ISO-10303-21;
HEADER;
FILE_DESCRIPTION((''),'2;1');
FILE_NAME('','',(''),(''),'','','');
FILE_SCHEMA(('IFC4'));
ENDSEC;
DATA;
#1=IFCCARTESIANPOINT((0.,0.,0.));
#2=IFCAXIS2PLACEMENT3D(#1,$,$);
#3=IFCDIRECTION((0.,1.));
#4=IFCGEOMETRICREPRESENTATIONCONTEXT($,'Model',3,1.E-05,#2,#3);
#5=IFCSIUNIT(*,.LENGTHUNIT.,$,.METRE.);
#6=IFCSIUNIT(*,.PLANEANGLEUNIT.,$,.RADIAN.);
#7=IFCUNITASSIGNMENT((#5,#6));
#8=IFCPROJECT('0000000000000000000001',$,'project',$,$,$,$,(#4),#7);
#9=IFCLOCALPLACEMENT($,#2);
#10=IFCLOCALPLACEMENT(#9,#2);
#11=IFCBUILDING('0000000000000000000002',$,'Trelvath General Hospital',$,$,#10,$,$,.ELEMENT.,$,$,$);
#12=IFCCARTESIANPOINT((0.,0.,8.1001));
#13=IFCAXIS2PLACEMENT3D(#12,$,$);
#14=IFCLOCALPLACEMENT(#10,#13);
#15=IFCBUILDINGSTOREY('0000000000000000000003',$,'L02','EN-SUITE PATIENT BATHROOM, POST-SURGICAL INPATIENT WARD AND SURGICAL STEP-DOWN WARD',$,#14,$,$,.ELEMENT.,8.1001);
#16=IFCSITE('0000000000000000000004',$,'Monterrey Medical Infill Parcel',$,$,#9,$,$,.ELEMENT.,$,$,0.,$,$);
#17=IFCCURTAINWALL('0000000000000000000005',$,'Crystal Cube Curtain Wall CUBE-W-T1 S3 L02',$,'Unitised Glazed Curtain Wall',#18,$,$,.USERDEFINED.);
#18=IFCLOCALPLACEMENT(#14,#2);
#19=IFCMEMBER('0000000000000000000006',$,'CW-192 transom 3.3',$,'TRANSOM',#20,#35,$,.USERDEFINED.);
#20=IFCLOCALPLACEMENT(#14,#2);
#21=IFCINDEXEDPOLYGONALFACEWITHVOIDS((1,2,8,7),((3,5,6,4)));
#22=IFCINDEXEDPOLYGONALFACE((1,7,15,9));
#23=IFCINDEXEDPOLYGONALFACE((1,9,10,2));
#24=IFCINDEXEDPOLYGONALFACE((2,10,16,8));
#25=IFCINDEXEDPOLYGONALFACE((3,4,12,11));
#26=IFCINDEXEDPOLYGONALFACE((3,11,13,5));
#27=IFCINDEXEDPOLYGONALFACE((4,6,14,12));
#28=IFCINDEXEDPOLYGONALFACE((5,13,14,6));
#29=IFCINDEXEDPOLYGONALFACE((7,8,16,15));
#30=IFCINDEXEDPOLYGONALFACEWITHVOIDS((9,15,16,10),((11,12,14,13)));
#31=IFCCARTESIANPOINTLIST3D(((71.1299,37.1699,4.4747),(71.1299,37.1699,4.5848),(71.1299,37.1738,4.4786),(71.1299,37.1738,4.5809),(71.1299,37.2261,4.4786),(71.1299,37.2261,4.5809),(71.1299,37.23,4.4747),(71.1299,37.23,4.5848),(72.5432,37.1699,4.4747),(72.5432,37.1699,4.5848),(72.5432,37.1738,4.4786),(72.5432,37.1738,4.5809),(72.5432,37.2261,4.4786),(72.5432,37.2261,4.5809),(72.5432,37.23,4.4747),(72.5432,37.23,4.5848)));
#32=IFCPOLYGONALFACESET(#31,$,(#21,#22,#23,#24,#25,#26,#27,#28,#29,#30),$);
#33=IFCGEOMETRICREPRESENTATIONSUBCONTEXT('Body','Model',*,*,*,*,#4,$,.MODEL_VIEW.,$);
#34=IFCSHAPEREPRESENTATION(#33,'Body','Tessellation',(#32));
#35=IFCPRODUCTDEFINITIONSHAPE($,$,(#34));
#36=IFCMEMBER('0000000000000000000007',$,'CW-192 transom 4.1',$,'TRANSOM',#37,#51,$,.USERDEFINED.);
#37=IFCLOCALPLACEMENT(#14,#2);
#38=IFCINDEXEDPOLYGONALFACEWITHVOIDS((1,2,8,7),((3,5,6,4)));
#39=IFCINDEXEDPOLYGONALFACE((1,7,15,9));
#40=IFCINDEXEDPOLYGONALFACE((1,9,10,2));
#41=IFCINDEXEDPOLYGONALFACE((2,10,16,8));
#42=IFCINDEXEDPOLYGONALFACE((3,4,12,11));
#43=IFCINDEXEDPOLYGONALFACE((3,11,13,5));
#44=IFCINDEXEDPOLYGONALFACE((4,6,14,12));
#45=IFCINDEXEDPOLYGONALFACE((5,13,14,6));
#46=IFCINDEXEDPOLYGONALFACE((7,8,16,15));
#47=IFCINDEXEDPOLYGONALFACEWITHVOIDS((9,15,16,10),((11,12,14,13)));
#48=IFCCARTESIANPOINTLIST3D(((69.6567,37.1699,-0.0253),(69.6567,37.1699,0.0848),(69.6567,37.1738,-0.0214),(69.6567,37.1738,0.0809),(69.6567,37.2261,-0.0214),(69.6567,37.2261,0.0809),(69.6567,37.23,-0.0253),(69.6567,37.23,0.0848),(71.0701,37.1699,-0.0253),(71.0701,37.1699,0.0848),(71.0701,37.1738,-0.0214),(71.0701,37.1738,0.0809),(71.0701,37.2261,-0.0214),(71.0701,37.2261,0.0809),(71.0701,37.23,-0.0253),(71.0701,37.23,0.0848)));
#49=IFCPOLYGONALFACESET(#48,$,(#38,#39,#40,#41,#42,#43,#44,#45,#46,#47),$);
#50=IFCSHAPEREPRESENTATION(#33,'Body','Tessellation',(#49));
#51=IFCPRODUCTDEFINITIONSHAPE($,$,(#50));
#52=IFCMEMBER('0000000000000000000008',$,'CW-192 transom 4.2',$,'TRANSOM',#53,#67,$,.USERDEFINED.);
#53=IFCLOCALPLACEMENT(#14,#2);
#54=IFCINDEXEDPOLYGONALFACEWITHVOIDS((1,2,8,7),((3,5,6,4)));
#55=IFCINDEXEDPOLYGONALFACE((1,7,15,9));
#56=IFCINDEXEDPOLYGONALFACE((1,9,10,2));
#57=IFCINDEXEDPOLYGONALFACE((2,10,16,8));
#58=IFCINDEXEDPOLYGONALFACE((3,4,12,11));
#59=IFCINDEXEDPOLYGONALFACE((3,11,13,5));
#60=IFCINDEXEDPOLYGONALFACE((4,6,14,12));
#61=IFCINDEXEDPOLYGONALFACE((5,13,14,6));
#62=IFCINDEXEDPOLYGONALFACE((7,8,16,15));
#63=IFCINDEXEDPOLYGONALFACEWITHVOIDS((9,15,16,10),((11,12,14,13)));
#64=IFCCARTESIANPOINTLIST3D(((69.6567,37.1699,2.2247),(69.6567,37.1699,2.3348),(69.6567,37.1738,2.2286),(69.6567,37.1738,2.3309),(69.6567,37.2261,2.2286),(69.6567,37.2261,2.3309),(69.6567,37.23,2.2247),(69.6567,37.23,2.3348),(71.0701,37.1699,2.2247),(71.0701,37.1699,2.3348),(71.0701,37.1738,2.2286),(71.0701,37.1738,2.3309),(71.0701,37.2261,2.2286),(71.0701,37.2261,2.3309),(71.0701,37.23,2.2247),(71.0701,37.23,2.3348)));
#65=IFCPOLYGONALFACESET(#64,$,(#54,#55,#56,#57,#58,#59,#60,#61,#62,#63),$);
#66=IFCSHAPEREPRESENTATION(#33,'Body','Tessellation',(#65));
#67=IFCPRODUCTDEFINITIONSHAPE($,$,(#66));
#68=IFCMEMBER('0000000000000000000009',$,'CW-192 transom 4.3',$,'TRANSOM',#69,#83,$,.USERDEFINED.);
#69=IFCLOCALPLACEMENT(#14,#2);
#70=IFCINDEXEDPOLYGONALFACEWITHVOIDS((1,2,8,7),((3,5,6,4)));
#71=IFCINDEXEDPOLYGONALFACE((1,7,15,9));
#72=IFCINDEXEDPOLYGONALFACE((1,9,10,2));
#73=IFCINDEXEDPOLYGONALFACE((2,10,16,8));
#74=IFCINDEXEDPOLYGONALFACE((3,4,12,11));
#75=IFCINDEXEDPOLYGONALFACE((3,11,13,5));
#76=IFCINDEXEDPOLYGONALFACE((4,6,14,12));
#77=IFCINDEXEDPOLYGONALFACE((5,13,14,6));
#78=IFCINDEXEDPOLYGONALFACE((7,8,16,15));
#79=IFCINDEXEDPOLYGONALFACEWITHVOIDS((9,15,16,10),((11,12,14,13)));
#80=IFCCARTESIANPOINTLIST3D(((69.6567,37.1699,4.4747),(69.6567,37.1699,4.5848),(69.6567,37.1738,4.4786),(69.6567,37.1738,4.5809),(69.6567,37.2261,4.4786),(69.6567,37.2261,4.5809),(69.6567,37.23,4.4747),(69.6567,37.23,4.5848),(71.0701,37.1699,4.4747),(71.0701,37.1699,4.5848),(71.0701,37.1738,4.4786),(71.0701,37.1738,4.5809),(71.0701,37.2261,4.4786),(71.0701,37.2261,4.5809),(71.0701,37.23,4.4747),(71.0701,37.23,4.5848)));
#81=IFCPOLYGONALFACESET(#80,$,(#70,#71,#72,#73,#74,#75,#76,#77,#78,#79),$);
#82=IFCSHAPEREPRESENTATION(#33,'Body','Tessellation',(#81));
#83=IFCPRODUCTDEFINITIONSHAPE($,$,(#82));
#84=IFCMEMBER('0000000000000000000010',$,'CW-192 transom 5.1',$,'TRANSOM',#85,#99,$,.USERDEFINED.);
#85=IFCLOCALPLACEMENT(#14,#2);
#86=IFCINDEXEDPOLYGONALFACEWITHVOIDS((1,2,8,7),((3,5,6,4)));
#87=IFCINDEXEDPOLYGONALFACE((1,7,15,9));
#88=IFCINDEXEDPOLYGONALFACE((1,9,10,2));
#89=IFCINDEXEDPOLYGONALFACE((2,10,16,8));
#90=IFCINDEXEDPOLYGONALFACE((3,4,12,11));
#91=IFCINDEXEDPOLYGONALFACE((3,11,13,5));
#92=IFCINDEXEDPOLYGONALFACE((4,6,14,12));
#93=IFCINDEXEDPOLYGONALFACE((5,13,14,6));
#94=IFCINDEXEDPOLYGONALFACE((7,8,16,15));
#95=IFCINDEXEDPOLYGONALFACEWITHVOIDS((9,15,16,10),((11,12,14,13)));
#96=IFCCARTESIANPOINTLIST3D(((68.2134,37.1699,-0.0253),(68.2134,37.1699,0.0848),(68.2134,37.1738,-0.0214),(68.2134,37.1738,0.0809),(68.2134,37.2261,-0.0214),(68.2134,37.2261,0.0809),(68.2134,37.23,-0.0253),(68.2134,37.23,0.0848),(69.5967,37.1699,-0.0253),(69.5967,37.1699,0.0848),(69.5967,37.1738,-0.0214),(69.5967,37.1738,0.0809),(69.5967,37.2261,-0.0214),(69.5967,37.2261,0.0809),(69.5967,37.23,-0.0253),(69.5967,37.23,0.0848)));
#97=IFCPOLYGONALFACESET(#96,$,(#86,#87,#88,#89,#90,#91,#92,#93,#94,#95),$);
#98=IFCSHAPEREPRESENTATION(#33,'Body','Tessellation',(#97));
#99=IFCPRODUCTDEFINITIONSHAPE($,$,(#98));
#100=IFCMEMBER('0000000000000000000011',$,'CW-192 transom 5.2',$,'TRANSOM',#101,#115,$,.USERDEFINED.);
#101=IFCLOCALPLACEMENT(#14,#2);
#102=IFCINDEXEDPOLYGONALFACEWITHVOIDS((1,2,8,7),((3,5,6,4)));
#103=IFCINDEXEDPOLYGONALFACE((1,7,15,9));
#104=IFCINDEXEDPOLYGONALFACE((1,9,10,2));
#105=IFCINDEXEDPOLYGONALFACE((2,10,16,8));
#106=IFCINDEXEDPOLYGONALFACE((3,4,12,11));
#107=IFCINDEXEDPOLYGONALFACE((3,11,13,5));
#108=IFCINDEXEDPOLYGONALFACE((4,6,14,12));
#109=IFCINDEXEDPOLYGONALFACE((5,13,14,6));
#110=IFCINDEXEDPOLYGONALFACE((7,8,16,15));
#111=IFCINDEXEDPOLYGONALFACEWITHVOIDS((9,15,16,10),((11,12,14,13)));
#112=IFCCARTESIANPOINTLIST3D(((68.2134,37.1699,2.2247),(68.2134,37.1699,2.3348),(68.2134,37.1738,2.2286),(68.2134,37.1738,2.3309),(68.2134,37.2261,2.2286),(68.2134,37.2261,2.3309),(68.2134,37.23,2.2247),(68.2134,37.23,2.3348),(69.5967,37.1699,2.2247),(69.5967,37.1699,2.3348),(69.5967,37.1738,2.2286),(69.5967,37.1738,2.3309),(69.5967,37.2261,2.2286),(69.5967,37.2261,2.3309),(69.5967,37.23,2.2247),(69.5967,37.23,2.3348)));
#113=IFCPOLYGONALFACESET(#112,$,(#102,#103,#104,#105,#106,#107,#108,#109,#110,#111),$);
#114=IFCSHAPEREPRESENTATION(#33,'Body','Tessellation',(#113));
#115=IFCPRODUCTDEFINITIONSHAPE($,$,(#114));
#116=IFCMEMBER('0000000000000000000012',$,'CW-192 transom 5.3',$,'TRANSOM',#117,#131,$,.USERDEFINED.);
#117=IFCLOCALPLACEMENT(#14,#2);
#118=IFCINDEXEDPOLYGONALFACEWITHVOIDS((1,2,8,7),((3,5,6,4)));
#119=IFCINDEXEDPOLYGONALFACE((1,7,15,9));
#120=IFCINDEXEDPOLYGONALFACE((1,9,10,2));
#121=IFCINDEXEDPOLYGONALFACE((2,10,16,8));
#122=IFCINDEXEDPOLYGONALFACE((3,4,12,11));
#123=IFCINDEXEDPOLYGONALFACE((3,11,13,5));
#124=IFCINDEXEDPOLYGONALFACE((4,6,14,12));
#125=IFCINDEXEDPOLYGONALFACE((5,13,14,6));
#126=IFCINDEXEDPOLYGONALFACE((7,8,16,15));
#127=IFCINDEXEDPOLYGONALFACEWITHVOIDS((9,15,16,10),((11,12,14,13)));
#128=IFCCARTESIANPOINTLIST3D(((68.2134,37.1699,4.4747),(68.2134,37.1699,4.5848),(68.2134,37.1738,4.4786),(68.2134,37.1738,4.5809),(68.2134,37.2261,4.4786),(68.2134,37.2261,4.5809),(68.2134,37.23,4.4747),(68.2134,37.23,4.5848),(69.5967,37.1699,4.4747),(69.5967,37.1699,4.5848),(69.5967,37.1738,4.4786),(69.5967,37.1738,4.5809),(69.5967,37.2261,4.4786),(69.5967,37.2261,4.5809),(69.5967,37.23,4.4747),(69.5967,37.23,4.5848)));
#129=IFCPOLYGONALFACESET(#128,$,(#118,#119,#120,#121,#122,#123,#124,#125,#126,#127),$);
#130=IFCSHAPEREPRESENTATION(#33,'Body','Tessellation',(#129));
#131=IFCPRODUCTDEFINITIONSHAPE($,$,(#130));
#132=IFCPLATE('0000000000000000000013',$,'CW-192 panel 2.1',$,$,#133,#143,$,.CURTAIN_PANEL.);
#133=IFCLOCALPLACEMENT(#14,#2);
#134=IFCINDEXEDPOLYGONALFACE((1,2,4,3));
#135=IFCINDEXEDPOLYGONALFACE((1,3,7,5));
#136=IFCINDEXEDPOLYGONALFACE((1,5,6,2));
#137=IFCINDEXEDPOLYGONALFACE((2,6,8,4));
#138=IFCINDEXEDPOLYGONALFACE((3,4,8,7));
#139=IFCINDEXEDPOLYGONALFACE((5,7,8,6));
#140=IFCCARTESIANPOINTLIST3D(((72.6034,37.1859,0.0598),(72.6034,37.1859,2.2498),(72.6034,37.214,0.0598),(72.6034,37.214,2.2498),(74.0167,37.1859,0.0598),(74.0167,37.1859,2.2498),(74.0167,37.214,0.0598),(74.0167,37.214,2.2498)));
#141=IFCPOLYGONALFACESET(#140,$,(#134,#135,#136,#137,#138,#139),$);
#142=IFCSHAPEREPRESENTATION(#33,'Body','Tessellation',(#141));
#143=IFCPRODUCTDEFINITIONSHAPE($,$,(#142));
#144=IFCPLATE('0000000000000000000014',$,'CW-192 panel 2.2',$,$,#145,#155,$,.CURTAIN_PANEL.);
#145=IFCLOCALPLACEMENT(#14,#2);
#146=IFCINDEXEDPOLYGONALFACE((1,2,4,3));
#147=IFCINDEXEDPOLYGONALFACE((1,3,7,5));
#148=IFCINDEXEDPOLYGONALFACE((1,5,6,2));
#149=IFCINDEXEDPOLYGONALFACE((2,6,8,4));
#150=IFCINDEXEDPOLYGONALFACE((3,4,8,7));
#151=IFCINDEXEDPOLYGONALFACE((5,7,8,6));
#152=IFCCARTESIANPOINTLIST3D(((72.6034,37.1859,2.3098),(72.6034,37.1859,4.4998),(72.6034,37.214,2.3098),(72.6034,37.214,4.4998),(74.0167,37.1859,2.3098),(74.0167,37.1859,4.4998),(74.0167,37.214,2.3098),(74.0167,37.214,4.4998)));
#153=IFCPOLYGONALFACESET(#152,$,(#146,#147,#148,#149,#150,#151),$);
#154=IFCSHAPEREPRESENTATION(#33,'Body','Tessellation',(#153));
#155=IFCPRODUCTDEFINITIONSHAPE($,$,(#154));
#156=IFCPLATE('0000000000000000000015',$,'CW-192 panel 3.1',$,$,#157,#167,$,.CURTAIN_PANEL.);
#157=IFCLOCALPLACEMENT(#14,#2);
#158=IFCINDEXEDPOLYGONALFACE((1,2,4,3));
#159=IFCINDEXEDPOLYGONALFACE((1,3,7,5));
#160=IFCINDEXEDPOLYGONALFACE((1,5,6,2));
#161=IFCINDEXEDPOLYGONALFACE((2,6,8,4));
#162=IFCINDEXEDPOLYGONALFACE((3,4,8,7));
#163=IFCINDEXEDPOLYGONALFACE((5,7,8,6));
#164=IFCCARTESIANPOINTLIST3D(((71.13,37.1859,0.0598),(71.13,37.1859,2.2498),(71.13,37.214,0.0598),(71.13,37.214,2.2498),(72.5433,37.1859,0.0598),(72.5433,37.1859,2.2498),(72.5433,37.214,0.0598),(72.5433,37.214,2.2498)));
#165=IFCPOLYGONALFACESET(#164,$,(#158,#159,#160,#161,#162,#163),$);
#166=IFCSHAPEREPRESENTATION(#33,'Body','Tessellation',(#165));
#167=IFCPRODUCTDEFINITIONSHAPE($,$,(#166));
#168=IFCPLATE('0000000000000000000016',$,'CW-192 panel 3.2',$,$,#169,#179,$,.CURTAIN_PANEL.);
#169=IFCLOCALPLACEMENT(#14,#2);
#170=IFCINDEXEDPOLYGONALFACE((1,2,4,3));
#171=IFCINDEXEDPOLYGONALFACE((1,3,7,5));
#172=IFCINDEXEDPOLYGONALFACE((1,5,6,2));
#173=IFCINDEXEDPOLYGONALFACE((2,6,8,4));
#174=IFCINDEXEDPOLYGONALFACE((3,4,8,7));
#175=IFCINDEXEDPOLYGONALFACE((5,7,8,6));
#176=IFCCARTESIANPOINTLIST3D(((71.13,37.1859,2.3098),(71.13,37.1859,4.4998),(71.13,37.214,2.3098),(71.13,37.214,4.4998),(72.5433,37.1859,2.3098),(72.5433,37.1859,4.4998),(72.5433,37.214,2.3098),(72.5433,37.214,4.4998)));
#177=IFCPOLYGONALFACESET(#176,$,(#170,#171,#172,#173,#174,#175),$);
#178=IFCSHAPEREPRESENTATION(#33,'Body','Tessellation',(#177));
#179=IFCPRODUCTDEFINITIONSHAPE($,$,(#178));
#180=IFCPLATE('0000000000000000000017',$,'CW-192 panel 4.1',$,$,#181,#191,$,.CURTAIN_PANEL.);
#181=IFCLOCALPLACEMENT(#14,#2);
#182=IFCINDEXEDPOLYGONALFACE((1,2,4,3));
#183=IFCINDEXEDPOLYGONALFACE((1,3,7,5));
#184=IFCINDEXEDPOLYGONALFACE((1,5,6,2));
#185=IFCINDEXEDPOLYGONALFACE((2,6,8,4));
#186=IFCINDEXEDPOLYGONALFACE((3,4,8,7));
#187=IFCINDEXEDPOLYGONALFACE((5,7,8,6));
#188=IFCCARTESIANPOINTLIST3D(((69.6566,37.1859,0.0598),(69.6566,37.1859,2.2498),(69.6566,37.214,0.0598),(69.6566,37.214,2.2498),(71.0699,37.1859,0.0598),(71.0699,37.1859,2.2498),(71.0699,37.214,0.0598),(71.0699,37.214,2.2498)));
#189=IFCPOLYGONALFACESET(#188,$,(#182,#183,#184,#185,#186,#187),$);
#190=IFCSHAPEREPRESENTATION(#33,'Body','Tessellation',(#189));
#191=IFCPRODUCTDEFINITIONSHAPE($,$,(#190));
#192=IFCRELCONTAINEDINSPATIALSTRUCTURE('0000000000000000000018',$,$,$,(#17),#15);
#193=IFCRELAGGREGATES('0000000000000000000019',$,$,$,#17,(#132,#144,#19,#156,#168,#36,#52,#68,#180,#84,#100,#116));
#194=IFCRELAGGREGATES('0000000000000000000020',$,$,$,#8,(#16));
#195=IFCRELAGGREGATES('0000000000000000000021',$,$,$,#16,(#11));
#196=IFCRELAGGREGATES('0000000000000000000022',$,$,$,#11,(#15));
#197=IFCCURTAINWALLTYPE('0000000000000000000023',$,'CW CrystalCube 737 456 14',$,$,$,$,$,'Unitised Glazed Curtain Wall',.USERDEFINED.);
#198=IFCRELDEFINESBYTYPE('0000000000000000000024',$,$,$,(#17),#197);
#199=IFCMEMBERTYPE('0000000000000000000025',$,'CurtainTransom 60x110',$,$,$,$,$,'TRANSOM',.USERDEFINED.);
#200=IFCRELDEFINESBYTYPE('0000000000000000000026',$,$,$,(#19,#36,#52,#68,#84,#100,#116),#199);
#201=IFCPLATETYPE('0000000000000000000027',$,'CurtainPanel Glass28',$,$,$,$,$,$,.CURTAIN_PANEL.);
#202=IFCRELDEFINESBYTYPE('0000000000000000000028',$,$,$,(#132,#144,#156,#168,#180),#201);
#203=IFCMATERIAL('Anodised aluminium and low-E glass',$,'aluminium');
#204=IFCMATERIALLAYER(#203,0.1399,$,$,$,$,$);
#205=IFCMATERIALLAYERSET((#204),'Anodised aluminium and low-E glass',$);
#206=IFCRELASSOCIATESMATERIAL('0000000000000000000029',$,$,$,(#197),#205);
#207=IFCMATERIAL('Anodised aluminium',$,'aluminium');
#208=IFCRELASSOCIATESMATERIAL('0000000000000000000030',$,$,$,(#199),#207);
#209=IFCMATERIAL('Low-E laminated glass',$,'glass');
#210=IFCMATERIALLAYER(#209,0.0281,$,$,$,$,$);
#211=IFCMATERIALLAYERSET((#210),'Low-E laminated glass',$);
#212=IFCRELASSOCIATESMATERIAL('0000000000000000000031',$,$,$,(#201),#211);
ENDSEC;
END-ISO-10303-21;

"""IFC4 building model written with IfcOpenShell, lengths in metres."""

from ifc_helpers import new_model, si_unit, direction, frame, origin, origin_2d, place, context, subcontext, project, spatial, rectangle, hollow_rectangle, extrude, material, layer, layer_set, material_profile, profile_set, type_object, element, aggregate, save


model = new_model("IFC4")

# Units and contexts
model_context = context("Model", 3, precision=1e-05, world=origin(), true_north=direction((0.0, 1.0)))
body_context = subcontext(model_context, "Body", "Model", "MODEL_VIEW")
ifc_project = project(units=[si_unit("LENGTHUNIT", "METRE"), si_unit("PLANEANGLEUNIT", "RADIAN")], contexts=[model_context])

# Site, building, storey
site_placement = place(None, origin())
site = spatial("IfcSite", under=ifc_project, at=site_placement, Name="Monterrey Medical Infill Parcel", CompositionType="ELEMENT", RefElevation=0.0)
building_placement = place(site_placement, origin())
building = spatial("IfcBuilding", under=site, at=building_placement, Name="Trelvath General Hospital", CompositionType="ELEMENT")
storey_placement = place(building_placement, frame((0.0, 0.0, 8.1001)))
storey = spatial("IfcBuildingStorey", under=building, at=storey_placement, Name="L02", Description="EN-SUITE PATIENT BATHROOM, POST-SURGICAL INPATIENT WARD AND SURGICAL STEP-DOWN WARD", CompositionType="ELEMENT", Elevation=8.1001)

# Curtain wall
ifc_material_1 = material(Name="Anodised aluminium and low-E glass", Category="aluminium")
ifc_layer_1 = layer(ifc_material_1, 0.1399)
ifc_layer_set_1 = layer_set([ifc_layer_1], Name="Anodised aluminium and low-E glass")
curtain_wall_type_1 = type_object("IfcCurtainWallType", Name="CW CrystalCube 737 456 14", ElementType="Unitised Glazed Curtain Wall", PredefinedType="USERDEFINED", material=ifc_layer_set_1)
curtain_wall_1_placement = place(storey_placement, origin())
curtain_wall_1 = element("IfcCurtainWall", 1, at=curtain_wall_1_placement, inside=storey, type_object=curtain_wall_type_1, Name="Crystal Cube Curtain Wall CUBE-W-T1 S3 L02", ObjectType="Unitised Glazed Curtain Wall", PredefinedType="USERDEFINED")

# Members
ifc_material_2 = material(Name="Anodised aluminium", Category="aluminium")
ifc_material_profile_1 = material_profile(ifc_material_2, hollow_rectangle(XDim=0.0601, YDim=0.1101, WallThickness=0.0039, at=origin_2d()), Name="RHS60x110x4")
ifc_profile_set_1 = profile_set([ifc_material_profile_1], Name="Anodised aluminium")
member_type_1 = type_object("IfcMemberType", Name="CurtainTransom 60x110", ElementType="TRANSOM", PredefinedType="USERDEFINED", material=ifc_profile_set_1)
member_1_placement = place(storey_placement, frame((72.5432, 37.2, 4.5298), z_axis=(-1.0, 0.0, 0.0), x_axis=(0.0, -1.0, 0.0)))
member_1 = element("IfcMember", 2, at=member_1_placement, type_object=member_type_1, Name="CW-192 transom 3.3", ObjectType="TRANSOM", PredefinedType="USERDEFINED", context=body_context, shape_type="SweptSolid", body=[
    extrude(hollow_rectangle(XDim=0.0601, YDim=0.1101, WallThickness=0.0039, at=origin_2d()), origin(), (0.0, 0.0, 1.0), 1.4133),
])
member_2_placement = place(storey_placement, frame((71.0701, 37.2, 0.0298), z_axis=(-1.0, 0.0, 0.0), x_axis=(0.0, -1.0, 0.0)))
member_2 = element("IfcMember", 3, at=member_2_placement, type_object=member_type_1, Name="CW-192 transom 4.1", ObjectType="TRANSOM", PredefinedType="USERDEFINED", context=body_context, shape_type="SweptSolid", body=[
    extrude(hollow_rectangle(XDim=0.0601, YDim=0.1101, WallThickness=0.0039, at=origin_2d()), origin(), (0.0, 0.0, 1.0), 1.4133),
])
member_3_placement = place(storey_placement, frame((71.0701, 37.2, 2.2798), z_axis=(-1.0, 0.0, 0.0), x_axis=(0.0, -1.0, 0.0)))
member_3 = element("IfcMember", 4, at=member_3_placement, type_object=member_type_1, Name="CW-192 transom 4.2", ObjectType="TRANSOM", PredefinedType="USERDEFINED", context=body_context, shape_type="SweptSolid", body=[
    extrude(hollow_rectangle(XDim=0.0601, YDim=0.1101, WallThickness=0.0039, at=origin_2d()), origin(), (0.0, 0.0, 1.0), 1.4133),
])
member_4_placement = place(storey_placement, frame((71.0701, 37.2, 4.5298), z_axis=(-1.0, 0.0, 0.0), x_axis=(0.0, -1.0, 0.0)))
member_4 = element("IfcMember", 5, at=member_4_placement, type_object=member_type_1, Name="CW-192 transom 4.3", ObjectType="TRANSOM", PredefinedType="USERDEFINED", context=body_context, shape_type="SweptSolid", body=[
    extrude(hollow_rectangle(XDim=0.0601, YDim=0.1101, WallThickness=0.0039, at=origin_2d()), origin(), (0.0, 0.0, 1.0), 1.4133),
])
member_5_placement = place(storey_placement, frame((69.5967, 37.2, 0.0298), z_axis=(-1.0, 0.0, 0.0), x_axis=(0.0, -1.0, 0.0)))
member_5 = element("IfcMember", 6, at=member_5_placement, type_object=member_type_1, Name="CW-192 transom 5.1", ObjectType="TRANSOM", PredefinedType="USERDEFINED", context=body_context, shape_type="SweptSolid", body=[
    extrude(hollow_rectangle(XDim=0.0601, YDim=0.1101, WallThickness=0.0039, at=origin_2d()), origin(), (0.0, 0.0, 1.0), 1.3833),
])
member_6_placement = place(storey_placement, frame((69.5967, 37.2, 2.2798), z_axis=(-1.0, 0.0, 0.0), x_axis=(0.0, -1.0, 0.0)))
member_6 = element("IfcMember", 7, at=member_6_placement, type_object=member_type_1, Name="CW-192 transom 5.2", ObjectType="TRANSOM", PredefinedType="USERDEFINED", context=body_context, shape_type="SweptSolid", body=[
    extrude(hollow_rectangle(XDim=0.0601, YDim=0.1101, WallThickness=0.0039, at=origin_2d()), origin(), (0.0, 0.0, 1.0), 1.3833),
])
member_7_placement = place(storey_placement, frame((69.5967, 37.2, 4.5298), z_axis=(-1.0, 0.0, 0.0), x_axis=(0.0, -1.0, 0.0)))
member_7 = element("IfcMember", 8, at=member_7_placement, type_object=member_type_1, Name="CW-192 transom 5.3", ObjectType="TRANSOM", PredefinedType="USERDEFINED", context=body_context, shape_type="SweptSolid", body=[
    extrude(hollow_rectangle(XDim=0.0601, YDim=0.1101, WallThickness=0.0039, at=origin_2d()), origin(), (0.0, 0.0, 1.0), 1.3833),
])

# Plates
ifc_material_3 = material(Name="Low-E laminated glass", Category="glass")
ifc_layer_2 = layer(ifc_material_3, 0.0281)
ifc_layer_set_2 = layer_set([ifc_layer_2], Name="Low-E laminated glass")
plate_type = type_object("IfcPlateType", Name="CurtainPanel Glass28", PredefinedType="CURTAIN_PANEL", material=ifc_layer_set_2)
plate_1_placement = place(storey_placement, frame((73.3101, 37.2, 0.0598), z_axis=(0.0, 0.0, 1.0), x_axis=(-1.0, 0.0, 0.0)))
plate_1 = element("IfcPlate", 9, at=plate_1_placement, type_object=plate_type, Name="CW-192 panel 2.1", PredefinedType="CURTAIN_PANEL", context=body_context, shape_type="SweptSolid", body=[
    extrude(rectangle(XDim=1.4133, YDim=0.0281, at=origin_2d()), origin(), (0.0, 0.0, 1.0), 2.1899),
])
plate_2_placement = place(storey_placement, frame((73.3101, 37.2, 2.3098), z_axis=(0.0, 0.0, 1.0), x_axis=(-1.0, 0.0, 0.0)))
plate_2 = element("IfcPlate", 10, at=plate_2_placement, type_object=plate_type, Name="CW-192 panel 2.2", PredefinedType="CURTAIN_PANEL", context=body_context, shape_type="SweptSolid", body=[
    extrude(rectangle(XDim=1.4133, YDim=0.0281, at=origin_2d()), origin(), (0.0, 0.0, 1.0), 2.1899),
])
plate_3_placement = place(storey_placement, frame((71.8367, 37.2, 0.0598), z_axis=(0.0, 0.0, 1.0), x_axis=(-1.0, 0.0, 0.0)))
plate_3 = element("IfcPlate", 11, at=plate_3_placement, type_object=plate_type, Name="CW-192 panel 3.1", PredefinedType="CURTAIN_PANEL", context=body_context, shape_type="SweptSolid", body=[
    extrude(rectangle(XDim=1.4133, YDim=0.0281, at=origin_2d()), origin(), (0.0, 0.0, 1.0), 2.1899),
])
plate_4_placement = place(storey_placement, frame((71.8367, 37.2, 2.3098), z_axis=(0.0, 0.0, 1.0), x_axis=(-1.0, 0.0, 0.0)))
plate_4 = element("IfcPlate", 12, at=plate_4_placement, type_object=plate_type, Name="CW-192 panel 3.2", PredefinedType="CURTAIN_PANEL", context=body_context, shape_type="SweptSolid", body=[
    extrude(rectangle(XDim=1.4133, YDim=0.0281, at=origin_2d()), origin(), (0.0, 0.0, 1.0), 2.1899),
])
plate_5_placement = place(storey_placement, frame((70.3633, 37.2, 0.0598), z_axis=(0.0, 0.0, 1.0), x_axis=(-1.0, 0.0, 0.0)))
plate_5 = element("IfcPlate", 13, at=plate_5_placement, type_object=plate_type, Name="CW-192 panel 4.1", PredefinedType="CURTAIN_PANEL", context=body_context, shape_type="SweptSolid", body=[
    extrude(rectangle(XDim=1.4133, YDim=0.0281, at=origin_2d()), origin(), (0.0, 0.0, 1.0), 2.1899),
])
aggregate(curtain_wall_1, [plate_1, plate_2, member_1, plate_3, plate_4, member_2, member_3, member_4, plate_5, member_5, member_6, member_7])

save(model, "model.ifc")
